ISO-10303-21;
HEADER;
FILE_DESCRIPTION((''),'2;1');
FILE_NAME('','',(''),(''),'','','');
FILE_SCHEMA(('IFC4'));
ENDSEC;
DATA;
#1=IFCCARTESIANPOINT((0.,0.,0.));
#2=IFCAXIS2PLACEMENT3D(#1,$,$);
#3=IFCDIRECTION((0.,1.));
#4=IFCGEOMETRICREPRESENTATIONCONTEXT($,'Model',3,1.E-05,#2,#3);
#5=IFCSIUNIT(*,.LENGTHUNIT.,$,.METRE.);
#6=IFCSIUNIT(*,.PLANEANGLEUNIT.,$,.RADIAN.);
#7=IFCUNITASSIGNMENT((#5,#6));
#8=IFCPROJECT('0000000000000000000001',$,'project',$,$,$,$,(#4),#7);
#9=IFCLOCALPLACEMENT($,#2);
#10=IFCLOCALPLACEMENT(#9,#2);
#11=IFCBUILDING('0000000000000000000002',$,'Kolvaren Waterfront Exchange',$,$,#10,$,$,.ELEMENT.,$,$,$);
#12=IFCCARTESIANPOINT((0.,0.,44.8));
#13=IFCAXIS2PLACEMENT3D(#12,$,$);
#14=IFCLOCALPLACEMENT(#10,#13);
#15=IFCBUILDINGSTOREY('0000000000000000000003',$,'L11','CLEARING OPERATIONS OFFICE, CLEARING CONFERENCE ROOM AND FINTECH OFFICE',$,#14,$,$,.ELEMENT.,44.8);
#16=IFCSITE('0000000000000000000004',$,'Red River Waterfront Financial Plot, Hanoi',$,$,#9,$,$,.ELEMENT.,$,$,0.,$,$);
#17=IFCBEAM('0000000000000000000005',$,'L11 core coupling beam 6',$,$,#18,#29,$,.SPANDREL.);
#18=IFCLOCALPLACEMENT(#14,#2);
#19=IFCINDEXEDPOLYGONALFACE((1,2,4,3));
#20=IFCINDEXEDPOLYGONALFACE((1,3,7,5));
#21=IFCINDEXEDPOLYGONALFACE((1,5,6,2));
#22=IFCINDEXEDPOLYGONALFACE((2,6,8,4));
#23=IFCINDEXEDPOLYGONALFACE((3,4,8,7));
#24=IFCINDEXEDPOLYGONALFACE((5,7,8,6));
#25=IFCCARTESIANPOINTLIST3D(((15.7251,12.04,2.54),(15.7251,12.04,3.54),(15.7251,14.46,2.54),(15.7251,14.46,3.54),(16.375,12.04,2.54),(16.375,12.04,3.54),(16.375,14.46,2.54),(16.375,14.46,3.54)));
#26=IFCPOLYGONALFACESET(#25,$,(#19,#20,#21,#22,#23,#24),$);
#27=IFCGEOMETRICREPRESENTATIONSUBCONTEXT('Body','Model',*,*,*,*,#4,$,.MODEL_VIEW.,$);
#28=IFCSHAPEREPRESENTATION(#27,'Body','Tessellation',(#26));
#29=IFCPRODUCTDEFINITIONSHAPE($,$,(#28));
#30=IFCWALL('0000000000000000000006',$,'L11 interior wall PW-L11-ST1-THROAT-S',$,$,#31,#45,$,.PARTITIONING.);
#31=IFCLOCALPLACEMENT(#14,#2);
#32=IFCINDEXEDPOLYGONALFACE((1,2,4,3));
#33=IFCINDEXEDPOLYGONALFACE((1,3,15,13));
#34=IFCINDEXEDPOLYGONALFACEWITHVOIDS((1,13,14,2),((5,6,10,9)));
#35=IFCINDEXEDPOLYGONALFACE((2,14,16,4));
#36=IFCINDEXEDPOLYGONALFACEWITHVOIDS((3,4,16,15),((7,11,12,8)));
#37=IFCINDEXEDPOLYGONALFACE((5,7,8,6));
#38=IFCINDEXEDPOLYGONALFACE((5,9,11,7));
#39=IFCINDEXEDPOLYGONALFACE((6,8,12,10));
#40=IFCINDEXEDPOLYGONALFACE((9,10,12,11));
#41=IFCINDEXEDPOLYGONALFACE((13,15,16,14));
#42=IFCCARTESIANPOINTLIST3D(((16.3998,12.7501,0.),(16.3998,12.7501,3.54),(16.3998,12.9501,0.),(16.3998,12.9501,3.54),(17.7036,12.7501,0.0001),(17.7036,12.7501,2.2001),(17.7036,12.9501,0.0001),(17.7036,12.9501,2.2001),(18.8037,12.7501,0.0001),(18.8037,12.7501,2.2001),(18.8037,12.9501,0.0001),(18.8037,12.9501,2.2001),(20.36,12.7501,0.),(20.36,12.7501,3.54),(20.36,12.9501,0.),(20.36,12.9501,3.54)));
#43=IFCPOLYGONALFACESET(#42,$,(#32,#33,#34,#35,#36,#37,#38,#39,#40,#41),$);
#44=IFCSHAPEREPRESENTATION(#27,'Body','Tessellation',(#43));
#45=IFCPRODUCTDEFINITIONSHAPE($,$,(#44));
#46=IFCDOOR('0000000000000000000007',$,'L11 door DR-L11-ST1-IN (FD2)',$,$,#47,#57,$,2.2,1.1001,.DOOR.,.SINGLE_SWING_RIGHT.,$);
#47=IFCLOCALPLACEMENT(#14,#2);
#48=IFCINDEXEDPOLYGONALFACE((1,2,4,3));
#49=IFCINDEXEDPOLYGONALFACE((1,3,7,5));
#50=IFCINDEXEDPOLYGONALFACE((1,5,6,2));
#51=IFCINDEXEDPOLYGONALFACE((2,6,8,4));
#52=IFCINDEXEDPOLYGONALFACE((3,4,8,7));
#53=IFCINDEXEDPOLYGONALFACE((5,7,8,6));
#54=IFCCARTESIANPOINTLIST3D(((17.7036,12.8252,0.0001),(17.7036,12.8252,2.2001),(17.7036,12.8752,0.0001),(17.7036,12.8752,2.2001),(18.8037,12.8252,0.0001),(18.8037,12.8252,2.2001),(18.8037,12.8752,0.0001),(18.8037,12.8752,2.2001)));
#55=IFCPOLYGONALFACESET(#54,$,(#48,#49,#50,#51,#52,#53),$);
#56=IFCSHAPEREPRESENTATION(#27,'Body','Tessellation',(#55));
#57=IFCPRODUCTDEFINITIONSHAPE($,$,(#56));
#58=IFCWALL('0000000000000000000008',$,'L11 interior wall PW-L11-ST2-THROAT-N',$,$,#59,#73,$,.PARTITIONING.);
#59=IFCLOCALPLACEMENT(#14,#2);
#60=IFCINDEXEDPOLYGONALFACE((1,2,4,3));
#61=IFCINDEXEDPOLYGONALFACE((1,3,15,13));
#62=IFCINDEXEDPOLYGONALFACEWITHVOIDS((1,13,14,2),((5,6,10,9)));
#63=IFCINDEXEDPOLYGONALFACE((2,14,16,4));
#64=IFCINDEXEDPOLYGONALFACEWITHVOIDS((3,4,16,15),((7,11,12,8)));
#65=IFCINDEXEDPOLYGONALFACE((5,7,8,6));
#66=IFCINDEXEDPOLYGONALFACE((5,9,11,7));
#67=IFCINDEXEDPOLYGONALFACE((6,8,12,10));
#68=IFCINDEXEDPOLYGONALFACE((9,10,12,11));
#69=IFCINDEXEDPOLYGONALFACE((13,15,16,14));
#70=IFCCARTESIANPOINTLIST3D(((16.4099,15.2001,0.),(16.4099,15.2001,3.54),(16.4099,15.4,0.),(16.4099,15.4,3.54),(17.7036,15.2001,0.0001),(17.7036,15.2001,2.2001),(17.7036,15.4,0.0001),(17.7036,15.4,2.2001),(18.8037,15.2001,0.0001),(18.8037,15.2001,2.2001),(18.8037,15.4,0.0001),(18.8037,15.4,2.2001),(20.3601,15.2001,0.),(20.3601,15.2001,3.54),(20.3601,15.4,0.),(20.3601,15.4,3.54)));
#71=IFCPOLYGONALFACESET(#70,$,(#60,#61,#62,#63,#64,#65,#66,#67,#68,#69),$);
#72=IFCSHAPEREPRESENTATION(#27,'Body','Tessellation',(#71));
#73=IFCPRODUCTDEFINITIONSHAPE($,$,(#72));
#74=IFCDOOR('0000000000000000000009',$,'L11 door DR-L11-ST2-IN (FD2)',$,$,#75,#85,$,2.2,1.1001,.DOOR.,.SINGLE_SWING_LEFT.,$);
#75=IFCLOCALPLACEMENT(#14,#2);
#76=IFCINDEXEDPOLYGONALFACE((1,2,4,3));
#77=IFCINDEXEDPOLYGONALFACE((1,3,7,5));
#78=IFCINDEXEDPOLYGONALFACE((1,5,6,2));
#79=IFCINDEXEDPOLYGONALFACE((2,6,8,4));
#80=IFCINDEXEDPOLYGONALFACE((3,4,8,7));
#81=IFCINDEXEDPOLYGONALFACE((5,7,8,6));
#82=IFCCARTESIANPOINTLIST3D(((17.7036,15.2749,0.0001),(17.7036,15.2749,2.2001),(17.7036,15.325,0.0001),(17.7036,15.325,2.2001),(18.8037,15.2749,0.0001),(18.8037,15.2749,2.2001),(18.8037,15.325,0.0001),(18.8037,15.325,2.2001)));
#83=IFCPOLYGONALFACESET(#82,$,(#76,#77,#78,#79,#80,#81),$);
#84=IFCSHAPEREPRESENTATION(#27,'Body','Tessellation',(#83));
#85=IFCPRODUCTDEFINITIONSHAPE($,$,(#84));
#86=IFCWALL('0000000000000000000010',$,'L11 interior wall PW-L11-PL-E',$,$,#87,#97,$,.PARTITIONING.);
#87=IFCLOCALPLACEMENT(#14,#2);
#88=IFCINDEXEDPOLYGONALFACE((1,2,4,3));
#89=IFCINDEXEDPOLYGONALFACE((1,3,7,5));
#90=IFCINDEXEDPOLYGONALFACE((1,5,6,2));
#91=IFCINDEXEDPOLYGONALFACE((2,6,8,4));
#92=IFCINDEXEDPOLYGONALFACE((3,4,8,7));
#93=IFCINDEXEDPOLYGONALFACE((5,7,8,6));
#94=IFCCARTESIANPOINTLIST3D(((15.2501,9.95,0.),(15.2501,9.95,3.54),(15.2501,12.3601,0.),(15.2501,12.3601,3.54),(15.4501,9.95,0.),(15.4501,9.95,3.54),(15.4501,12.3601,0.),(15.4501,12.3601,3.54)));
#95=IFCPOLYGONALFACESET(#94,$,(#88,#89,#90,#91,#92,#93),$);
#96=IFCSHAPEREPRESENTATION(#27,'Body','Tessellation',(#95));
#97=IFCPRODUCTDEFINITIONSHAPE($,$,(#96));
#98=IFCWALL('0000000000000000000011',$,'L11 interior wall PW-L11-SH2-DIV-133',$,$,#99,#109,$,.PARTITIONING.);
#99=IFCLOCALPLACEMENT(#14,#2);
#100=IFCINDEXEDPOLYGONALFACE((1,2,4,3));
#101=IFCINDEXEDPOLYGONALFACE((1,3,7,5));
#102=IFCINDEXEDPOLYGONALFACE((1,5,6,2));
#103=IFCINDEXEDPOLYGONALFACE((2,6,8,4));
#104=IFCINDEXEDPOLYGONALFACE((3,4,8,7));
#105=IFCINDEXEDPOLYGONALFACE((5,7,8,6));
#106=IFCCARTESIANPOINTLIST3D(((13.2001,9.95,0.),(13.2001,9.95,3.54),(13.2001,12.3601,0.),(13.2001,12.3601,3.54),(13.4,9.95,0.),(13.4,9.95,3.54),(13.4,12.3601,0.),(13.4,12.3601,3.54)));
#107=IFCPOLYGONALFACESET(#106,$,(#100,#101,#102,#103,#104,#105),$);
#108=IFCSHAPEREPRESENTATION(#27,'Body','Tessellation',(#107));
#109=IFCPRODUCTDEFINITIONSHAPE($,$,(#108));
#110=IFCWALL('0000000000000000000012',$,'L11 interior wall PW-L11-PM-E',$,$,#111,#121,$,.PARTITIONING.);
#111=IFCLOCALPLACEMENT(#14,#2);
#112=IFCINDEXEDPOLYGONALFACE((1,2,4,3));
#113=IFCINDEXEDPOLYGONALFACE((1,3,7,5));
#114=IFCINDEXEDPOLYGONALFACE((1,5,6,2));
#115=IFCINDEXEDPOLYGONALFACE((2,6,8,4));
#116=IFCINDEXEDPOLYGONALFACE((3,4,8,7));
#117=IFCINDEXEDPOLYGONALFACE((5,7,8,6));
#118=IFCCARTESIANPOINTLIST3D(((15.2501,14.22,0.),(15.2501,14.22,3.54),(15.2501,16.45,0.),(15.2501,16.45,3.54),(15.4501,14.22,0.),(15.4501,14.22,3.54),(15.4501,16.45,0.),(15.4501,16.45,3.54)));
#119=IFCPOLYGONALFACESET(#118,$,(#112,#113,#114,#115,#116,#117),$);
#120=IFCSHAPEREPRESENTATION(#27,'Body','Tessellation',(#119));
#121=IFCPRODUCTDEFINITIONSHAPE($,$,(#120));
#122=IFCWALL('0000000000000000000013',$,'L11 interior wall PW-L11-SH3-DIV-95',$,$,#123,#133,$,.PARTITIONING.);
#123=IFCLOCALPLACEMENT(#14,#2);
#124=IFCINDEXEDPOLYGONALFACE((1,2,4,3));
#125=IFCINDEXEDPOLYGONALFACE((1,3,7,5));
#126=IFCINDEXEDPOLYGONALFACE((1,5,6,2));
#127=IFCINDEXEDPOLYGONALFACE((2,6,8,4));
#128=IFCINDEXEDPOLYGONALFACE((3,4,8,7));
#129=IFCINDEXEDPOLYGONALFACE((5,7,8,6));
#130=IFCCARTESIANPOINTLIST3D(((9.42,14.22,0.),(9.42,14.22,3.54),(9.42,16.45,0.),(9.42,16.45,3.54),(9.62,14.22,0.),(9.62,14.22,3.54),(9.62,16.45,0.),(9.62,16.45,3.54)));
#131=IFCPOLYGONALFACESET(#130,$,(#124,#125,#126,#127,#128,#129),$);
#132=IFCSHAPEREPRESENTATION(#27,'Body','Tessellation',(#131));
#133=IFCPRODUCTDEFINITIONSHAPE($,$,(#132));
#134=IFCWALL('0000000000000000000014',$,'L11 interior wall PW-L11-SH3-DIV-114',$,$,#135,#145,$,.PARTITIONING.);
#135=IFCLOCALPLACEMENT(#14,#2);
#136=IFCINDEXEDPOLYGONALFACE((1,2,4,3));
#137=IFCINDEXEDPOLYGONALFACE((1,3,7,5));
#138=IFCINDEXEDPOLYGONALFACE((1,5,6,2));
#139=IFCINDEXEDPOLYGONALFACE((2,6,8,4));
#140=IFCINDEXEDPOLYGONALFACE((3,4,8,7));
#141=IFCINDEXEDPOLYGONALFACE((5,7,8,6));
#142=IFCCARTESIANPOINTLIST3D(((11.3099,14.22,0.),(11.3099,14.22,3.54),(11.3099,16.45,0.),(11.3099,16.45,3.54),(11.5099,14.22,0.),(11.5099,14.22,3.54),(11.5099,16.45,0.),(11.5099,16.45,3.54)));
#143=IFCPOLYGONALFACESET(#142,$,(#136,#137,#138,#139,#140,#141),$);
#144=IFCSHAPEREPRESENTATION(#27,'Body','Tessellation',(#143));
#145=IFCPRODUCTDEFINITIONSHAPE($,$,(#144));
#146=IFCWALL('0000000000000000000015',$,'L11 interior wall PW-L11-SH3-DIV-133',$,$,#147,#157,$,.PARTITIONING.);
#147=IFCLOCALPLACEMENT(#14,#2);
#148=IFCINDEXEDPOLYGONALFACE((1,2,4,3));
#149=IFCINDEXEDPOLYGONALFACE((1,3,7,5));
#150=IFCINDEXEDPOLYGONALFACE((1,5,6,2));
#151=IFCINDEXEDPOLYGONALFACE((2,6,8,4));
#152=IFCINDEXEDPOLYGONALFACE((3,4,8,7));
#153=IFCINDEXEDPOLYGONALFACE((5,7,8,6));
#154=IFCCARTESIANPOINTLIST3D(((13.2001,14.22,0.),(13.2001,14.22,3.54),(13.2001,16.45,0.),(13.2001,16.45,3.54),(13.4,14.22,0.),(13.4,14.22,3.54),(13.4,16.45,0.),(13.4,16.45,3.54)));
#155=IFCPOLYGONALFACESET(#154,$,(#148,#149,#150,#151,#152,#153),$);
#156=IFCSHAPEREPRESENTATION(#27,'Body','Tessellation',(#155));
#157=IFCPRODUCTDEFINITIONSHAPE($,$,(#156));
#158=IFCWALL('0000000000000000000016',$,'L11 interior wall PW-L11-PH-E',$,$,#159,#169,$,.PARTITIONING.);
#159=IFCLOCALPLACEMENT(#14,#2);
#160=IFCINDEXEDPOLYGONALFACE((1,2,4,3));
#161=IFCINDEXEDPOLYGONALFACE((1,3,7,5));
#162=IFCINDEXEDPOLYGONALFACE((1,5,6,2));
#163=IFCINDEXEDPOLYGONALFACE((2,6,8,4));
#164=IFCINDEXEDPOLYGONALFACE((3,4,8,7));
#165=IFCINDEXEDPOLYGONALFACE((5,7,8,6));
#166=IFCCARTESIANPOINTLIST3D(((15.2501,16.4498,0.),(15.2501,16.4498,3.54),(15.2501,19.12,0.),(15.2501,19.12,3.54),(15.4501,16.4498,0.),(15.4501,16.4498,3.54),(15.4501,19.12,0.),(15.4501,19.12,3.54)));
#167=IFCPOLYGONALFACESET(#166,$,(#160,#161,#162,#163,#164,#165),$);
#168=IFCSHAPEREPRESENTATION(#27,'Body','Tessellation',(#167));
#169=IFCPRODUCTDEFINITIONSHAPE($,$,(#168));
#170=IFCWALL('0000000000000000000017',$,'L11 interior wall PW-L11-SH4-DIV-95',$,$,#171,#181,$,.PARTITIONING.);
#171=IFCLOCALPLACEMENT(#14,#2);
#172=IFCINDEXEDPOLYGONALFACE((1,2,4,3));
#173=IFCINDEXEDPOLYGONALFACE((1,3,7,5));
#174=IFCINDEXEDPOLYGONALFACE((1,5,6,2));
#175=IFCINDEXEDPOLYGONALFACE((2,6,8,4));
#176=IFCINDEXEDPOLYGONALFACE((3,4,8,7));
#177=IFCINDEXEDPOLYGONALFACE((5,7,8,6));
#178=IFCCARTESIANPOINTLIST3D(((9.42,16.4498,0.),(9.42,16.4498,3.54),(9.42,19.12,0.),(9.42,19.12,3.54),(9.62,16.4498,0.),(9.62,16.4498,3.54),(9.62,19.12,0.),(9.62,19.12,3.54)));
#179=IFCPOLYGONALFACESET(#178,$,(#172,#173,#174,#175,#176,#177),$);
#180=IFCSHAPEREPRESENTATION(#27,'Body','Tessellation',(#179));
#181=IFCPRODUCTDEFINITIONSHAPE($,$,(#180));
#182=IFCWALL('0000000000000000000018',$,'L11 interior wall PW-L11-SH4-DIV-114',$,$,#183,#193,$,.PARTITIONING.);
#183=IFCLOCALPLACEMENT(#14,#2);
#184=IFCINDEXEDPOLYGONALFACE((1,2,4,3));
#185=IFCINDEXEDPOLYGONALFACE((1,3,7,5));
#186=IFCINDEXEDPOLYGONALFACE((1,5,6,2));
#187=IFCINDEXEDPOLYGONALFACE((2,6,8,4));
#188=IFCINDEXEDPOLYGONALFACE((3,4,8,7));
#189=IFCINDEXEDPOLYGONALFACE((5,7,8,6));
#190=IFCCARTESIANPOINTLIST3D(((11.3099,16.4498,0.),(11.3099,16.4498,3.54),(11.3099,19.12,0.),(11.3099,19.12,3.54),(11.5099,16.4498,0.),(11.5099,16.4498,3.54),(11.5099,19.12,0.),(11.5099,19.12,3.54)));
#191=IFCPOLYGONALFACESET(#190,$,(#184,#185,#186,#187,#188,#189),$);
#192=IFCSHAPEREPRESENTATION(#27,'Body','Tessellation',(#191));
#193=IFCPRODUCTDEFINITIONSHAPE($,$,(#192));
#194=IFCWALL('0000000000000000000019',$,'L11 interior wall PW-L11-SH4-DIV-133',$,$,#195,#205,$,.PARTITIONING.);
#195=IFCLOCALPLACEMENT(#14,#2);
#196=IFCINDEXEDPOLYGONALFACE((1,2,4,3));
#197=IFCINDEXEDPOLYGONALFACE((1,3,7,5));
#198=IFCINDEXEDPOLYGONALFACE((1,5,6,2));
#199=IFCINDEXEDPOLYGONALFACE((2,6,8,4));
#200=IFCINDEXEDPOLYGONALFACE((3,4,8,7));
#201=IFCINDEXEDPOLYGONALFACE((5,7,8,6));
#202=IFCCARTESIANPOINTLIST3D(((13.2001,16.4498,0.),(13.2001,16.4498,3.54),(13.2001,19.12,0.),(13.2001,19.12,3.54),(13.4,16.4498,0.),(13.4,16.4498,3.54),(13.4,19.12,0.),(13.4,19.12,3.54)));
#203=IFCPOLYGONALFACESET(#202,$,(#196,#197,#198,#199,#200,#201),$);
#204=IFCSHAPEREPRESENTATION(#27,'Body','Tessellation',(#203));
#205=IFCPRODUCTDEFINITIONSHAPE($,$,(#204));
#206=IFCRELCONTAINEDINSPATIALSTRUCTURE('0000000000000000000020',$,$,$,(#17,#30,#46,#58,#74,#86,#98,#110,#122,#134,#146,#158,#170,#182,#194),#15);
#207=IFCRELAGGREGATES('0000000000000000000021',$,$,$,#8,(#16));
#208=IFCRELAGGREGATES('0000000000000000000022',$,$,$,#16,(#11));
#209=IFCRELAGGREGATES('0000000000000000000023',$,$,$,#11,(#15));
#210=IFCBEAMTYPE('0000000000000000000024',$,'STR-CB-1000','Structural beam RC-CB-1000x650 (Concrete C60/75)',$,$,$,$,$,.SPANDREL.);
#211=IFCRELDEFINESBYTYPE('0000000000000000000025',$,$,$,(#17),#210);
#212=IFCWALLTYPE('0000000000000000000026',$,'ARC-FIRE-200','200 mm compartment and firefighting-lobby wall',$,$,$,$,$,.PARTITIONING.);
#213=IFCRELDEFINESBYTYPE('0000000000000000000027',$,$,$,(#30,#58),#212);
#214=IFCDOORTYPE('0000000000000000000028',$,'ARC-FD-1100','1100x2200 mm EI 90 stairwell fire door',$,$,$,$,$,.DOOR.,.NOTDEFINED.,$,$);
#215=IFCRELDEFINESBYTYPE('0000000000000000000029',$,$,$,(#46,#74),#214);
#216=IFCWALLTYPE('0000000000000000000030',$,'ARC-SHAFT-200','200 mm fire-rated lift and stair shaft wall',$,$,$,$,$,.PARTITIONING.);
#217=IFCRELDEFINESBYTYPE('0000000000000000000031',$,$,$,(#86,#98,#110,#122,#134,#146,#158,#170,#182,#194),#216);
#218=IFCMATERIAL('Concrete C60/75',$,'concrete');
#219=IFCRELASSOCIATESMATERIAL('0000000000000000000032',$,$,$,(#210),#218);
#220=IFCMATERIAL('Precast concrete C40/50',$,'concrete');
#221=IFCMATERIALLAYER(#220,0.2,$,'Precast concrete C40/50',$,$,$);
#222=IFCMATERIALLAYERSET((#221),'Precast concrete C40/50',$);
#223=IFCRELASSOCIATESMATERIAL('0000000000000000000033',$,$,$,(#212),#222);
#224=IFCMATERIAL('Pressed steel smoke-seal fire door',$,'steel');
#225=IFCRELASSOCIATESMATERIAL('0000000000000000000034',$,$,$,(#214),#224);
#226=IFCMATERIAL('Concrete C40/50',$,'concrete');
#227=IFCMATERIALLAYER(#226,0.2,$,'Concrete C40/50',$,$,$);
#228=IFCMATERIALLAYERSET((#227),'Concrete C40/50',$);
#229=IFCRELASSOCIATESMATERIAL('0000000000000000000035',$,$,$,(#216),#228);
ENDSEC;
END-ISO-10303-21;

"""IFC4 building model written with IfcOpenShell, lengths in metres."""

from ifc_helpers import new_model, si_unit, direction, frame, frame_2d, origin, origin_2d, place, context, subcontext, project, spatial, rectangle, extrude, material, layer, layer_set, material_profile, profile_set, type_object, element, fill, save


model = new_model("IFC4")

# Units and contexts
model_context = context("Model", 3, precision=1e-05, world=origin(), true_north=direction((0.0, 1.0)))
body_context = subcontext(model_context, "Body", "Model", "MODEL_VIEW")
ifc_project = project(units=[si_unit("LENGTHUNIT", "METRE"), si_unit("PLANEANGLEUNIT", "RADIAN")], contexts=[model_context])

# Site, building, storey
site_placement = place(None, origin())
site = spatial("IfcSite", under=ifc_project, at=site_placement, Name="Red River Waterfront Financial Plot, Hanoi", CompositionType="ELEMENT", RefElevation=0.0)
building_placement = place(site_placement, origin())
building = spatial("IfcBuilding", under=site, at=building_placement, Name="Kolvaren Waterfront Exchange", CompositionType="ELEMENT")
storey_placement = place(building_placement, frame((0.0, 0.0, 44.8)))
storey = spatial("IfcBuildingStorey", under=building, at=storey_placement, Name="L11", Description="CLEARING OPERATIONS OFFICE, CLEARING CONFERENCE ROOM AND FINTECH OFFICE", CompositionType="ELEMENT", Elevation=44.8)

# Beam
ifc_material_1 = material(Name="Concrete C60/75", Category="concrete")
ifc_material_profile = material_profile(ifc_material_1, rectangle(XDim=0.6499, YDim=1.0, at=origin_2d()), Name="RC-CB-1000x650")
ifc_profile_set = profile_set([ifc_material_profile], Name="Concrete C60/75")
beam_type = type_object("IfcBeamType", Name="STR-CB-1000", Description="Structural beam RC-CB-1000x650 (Concrete C60/75)", PredefinedType="SPANDREL", material=ifc_profile_set)
beam_placement = place(storey_placement, frame((16.05, 12.04, 3.04), z_axis=(0.0, 1.0, 0.0), x_axis=(-1.0, 0.0, 0.0)))
element("IfcBeam", 1, at=beam_placement, inside=storey, type_object=beam_type, Name="L11 core coupling beam 6", PredefinedType="SPANDREL", context=body_context, shape_type="SweptSolid", body=[
    extrude(rectangle(XDim=0.6499, YDim=1.0, at=origin_2d()), origin(), (0.0, 0.0, 1.0), 2.4199),
])

# Walls, openings, doors
ifc_material_2 = material(Name="Precast concrete C40/50", Category="concrete")
ifc_layer_1 = layer(ifc_material_2, 0.2, Name="Precast concrete C40/50")
ifc_layer_set_1 = layer_set([ifc_layer_1], Name="Precast concrete C40/50")
wall_type_1 = type_object("IfcWallType", Name="ARC-FIRE-200", Description="200 mm compartment and firefighting-lobby wall", PredefinedType="PARTITIONING", material=ifc_layer_set_1)
wall_1_placement = place(storey_placement, frame((16.3999, 12.8501, 0.0), z_axis=(0.0, 0.0, 1.0), x_axis=(1.0, 0.0, 0.0)))
wall_1 = element("IfcWall", 2, at=wall_1_placement, inside=storey, type_object=wall_type_1, Name="L11 interior wall PW-L11-ST1-THROAT-S", PredefinedType="PARTITIONING", context=body_context, shape_type="SweptSolid", body=[
    extrude(rectangle(XDim=3.9602, YDim=0.2, at=frame_2d((1.98, 0.0))), origin(), (0.0, 0.0, 1.0), 3.54),
])
opening_1_placement = place(wall_1_placement, frame((1.3037, 0.0, 0.0)))
opening_1 = element("IfcOpeningElement", 3, at=opening_1_placement, cuts=wall_1, PredefinedType="OPENING", context=body_context, shape_type="SweptSolid", body=[
    extrude(rectangle(XDim=1.1001, YDim=2.2, at=frame_2d((0.55, 1.1001))), frame((0.0, 0.1099, 0.0), z_axis=(0.0, -1.0, 0.0), x_axis=(1.0, 0.0, 0.0)), (0.0, 0.0, 1.0), 0.22),
])
ifc_material_3 = material(Name="Pressed steel smoke-seal fire door", Category="steel")
door_type = type_object("IfcDoorType", Name="ARC-FD-1100", Description="1100x2200 mm EI 90 stairwell fire door", OperationType="NOTDEFINED", PredefinedType="DOOR", material=ifc_material_3)
door_1_placement = place(opening_1_placement, frame((1.1001, 0.0, 0.0), z_axis=(0.0, 0.0, 1.0), x_axis=(-1.0, 0.0, 0.0)))
door_1 = element("IfcDoor", 4, at=door_1_placement, inside=storey, type_object=door_type, Name="L11 door DR-L11-ST1-IN (FD2)", OperationType="SINGLE_SWING_RIGHT", OverallHeight=2.2, OverallWidth=1.1001, PredefinedType="DOOR", context=body_context, shape_type="SweptSolid", body=[
    extrude(rectangle(XDim=1.1001, YDim=2.2, at=frame_2d((0.55, 1.1001))), frame((0.0, 0.0249, 0.0), z_axis=(0.0, -1.0, 0.0), x_axis=(1.0, 0.0, 0.0)), (0.0, 0.0, 1.0), 0.05),
])
fill(opening_1, door_1)
wall_2_placement = place(storey_placement, frame((16.4099, 15.3, 0.0), z_axis=(0.0, 0.0, 1.0), x_axis=(1.0, 0.0, 0.0)))
wall_2 = element("IfcWall", 5, at=wall_2_placement, inside=storey, type_object=wall_type_1, Name="L11 interior wall PW-L11-ST2-THROAT-N", PredefinedType="PARTITIONING", context=body_context, shape_type="SweptSolid", body=[
    extrude(rectangle(XDim=3.9502, YDim=0.2, at=frame_2d((1.9751, 0.0))), origin(), (0.0, 0.0, 1.0), 3.54),
])
opening_2_placement = place(wall_2_placement, frame((1.2937, 0.0, 0.0)))
opening_2 = element("IfcOpeningElement", 6, at=opening_2_placement, cuts=wall_2, PredefinedType="OPENING", context=body_context, shape_type="SweptSolid", body=[
    extrude(rectangle(XDim=1.1001, YDim=2.2, at=frame_2d((0.55, 1.1001))), frame((0.0, 0.1099, 0.0), z_axis=(0.0, -1.0, 0.0), x_axis=(1.0, 0.0, 0.0)), (0.0, 0.0, 1.0), 0.22),
])
door_2_placement = place(opening_2_placement, origin())
door_2 = element("IfcDoor", 7, at=door_2_placement, inside=storey, type_object=door_type, Name="L11 door DR-L11-ST2-IN (FD2)", OperationType="SINGLE_SWING_LEFT", OverallHeight=2.2, OverallWidth=1.1001, PredefinedType="DOOR", context=body_context, shape_type="SweptSolid", body=[
    extrude(rectangle(XDim=1.1001, YDim=2.2, at=frame_2d((0.55, 1.1001))), frame((0.0, 0.0249, 0.0), z_axis=(0.0, -1.0, 0.0), x_axis=(1.0, 0.0, 0.0)), (0.0, 0.0, 1.0), 0.05),
])
fill(opening_2, door_2)

# Walls
ifc_material_4 = material(Name="Concrete C40/50", Category="concrete")
ifc_layer_2 = layer(ifc_material_4, 0.2, Name="Concrete C40/50")
ifc_layer_set_2 = layer_set([ifc_layer_2], Name="Concrete C40/50")
wall_type_2 = type_object("IfcWallType", Name="ARC-SHAFT-200", Description="200 mm fire-rated lift and stair shaft wall", PredefinedType="PARTITIONING", material=ifc_layer_set_2)
for number, where, z_axis, x_axis, name in (
    (8, (15.3501, 9.95, 0.0), (0.0, 0.0, 1.0), (0.0, 1.0, 0.0), "L11 interior wall PW-L11-PL-E"),
    (9, (13.3, 9.95, 0.0), (0.0, 0.0, 1.0), (0.0, 1.0, 0.0), "L11 interior wall PW-L11-SH2-DIV-133"),
):
    element("IfcWall", number, at=place(storey_placement, frame(where, z_axis=z_axis, x_axis=x_axis)), inside=storey, type_object=wall_type_2, Name=name, PredefinedType="PARTITIONING", context=body_context, shape_type="SweptSolid", body=[
        extrude(rectangle(XDim=2.4102, YDim=0.2, at=frame_2d((1.2051, 0.0))), origin(), (0.0, 0.0, 1.0), 3.54),
    ])
for number, where, z_axis, x_axis, name in (
    (10, (15.3501, 14.22, 0.0), (0.0, 0.0, 1.0), (0.0, 1.0, 0.0), "L11 interior wall PW-L11-PM-E"),
    (11, (9.52, 14.22, 0.0), (0.0, 0.0, 1.0), (0.0, 1.0, 0.0), "L11 interior wall PW-L11-SH3-DIV-95"),
    (12, (11.4099, 14.22, 0.0), (0.0, 0.0, 1.0), (0.0, 1.0, 0.0), "L11 interior wall PW-L11-SH3-DIV-114"),
    (13, (13.3, 14.22, 0.0), (0.0, 0.0, 1.0), (0.0, 1.0, 0.0), "L11 interior wall PW-L11-SH3-DIV-133"),
):
    element("IfcWall", number, at=place(storey_placement, frame(where, z_axis=z_axis, x_axis=x_axis)), inside=storey, type_object=wall_type_2, Name=name, PredefinedType="PARTITIONING", context=body_context, shape_type="SweptSolid", body=[
        extrude(rectangle(XDim=2.23, YDim=0.2, at=frame_2d((1.115, 0.0))), origin(), (0.0, 0.0, 1.0), 3.54),
    ])
for number, where, z_axis, x_axis, name in (
    (14, (15.3501, 16.45, 0.0), (0.0, 0.0, 1.0), (0.0, 1.0, 0.0), "L11 interior wall PW-L11-PH-E"),
    (15, (9.52, 16.45, 0.0), (0.0, 0.0, 1.0), (0.0, 1.0, 0.0), "L11 interior wall PW-L11-SH4-DIV-95"),
    (16, (11.4099, 16.45, 0.0), (0.0, 0.0, 1.0), (0.0, 1.0, 0.0), "L11 interior wall PW-L11-SH4-DIV-114"),
    (17, (13.3, 16.45, 0.0), (0.0, 0.0, 1.0), (0.0, 1.0, 0.0), "L11 interior wall PW-L11-SH4-DIV-133"),
):
    element("IfcWall", number, at=place(storey_placement, frame(where, z_axis=z_axis, x_axis=x_axis)), inside=storey, type_object=wall_type_2, Name=name, PredefinedType="PARTITIONING", context=body_context, shape_type="SweptSolid", body=[
        extrude(rectangle(XDim=2.6702, YDim=0.2, at=frame_2d((1.335, 0.0))), origin(), (0.0, 0.0, 1.0), 3.54),
    ])

save(model, "model.ifc")
